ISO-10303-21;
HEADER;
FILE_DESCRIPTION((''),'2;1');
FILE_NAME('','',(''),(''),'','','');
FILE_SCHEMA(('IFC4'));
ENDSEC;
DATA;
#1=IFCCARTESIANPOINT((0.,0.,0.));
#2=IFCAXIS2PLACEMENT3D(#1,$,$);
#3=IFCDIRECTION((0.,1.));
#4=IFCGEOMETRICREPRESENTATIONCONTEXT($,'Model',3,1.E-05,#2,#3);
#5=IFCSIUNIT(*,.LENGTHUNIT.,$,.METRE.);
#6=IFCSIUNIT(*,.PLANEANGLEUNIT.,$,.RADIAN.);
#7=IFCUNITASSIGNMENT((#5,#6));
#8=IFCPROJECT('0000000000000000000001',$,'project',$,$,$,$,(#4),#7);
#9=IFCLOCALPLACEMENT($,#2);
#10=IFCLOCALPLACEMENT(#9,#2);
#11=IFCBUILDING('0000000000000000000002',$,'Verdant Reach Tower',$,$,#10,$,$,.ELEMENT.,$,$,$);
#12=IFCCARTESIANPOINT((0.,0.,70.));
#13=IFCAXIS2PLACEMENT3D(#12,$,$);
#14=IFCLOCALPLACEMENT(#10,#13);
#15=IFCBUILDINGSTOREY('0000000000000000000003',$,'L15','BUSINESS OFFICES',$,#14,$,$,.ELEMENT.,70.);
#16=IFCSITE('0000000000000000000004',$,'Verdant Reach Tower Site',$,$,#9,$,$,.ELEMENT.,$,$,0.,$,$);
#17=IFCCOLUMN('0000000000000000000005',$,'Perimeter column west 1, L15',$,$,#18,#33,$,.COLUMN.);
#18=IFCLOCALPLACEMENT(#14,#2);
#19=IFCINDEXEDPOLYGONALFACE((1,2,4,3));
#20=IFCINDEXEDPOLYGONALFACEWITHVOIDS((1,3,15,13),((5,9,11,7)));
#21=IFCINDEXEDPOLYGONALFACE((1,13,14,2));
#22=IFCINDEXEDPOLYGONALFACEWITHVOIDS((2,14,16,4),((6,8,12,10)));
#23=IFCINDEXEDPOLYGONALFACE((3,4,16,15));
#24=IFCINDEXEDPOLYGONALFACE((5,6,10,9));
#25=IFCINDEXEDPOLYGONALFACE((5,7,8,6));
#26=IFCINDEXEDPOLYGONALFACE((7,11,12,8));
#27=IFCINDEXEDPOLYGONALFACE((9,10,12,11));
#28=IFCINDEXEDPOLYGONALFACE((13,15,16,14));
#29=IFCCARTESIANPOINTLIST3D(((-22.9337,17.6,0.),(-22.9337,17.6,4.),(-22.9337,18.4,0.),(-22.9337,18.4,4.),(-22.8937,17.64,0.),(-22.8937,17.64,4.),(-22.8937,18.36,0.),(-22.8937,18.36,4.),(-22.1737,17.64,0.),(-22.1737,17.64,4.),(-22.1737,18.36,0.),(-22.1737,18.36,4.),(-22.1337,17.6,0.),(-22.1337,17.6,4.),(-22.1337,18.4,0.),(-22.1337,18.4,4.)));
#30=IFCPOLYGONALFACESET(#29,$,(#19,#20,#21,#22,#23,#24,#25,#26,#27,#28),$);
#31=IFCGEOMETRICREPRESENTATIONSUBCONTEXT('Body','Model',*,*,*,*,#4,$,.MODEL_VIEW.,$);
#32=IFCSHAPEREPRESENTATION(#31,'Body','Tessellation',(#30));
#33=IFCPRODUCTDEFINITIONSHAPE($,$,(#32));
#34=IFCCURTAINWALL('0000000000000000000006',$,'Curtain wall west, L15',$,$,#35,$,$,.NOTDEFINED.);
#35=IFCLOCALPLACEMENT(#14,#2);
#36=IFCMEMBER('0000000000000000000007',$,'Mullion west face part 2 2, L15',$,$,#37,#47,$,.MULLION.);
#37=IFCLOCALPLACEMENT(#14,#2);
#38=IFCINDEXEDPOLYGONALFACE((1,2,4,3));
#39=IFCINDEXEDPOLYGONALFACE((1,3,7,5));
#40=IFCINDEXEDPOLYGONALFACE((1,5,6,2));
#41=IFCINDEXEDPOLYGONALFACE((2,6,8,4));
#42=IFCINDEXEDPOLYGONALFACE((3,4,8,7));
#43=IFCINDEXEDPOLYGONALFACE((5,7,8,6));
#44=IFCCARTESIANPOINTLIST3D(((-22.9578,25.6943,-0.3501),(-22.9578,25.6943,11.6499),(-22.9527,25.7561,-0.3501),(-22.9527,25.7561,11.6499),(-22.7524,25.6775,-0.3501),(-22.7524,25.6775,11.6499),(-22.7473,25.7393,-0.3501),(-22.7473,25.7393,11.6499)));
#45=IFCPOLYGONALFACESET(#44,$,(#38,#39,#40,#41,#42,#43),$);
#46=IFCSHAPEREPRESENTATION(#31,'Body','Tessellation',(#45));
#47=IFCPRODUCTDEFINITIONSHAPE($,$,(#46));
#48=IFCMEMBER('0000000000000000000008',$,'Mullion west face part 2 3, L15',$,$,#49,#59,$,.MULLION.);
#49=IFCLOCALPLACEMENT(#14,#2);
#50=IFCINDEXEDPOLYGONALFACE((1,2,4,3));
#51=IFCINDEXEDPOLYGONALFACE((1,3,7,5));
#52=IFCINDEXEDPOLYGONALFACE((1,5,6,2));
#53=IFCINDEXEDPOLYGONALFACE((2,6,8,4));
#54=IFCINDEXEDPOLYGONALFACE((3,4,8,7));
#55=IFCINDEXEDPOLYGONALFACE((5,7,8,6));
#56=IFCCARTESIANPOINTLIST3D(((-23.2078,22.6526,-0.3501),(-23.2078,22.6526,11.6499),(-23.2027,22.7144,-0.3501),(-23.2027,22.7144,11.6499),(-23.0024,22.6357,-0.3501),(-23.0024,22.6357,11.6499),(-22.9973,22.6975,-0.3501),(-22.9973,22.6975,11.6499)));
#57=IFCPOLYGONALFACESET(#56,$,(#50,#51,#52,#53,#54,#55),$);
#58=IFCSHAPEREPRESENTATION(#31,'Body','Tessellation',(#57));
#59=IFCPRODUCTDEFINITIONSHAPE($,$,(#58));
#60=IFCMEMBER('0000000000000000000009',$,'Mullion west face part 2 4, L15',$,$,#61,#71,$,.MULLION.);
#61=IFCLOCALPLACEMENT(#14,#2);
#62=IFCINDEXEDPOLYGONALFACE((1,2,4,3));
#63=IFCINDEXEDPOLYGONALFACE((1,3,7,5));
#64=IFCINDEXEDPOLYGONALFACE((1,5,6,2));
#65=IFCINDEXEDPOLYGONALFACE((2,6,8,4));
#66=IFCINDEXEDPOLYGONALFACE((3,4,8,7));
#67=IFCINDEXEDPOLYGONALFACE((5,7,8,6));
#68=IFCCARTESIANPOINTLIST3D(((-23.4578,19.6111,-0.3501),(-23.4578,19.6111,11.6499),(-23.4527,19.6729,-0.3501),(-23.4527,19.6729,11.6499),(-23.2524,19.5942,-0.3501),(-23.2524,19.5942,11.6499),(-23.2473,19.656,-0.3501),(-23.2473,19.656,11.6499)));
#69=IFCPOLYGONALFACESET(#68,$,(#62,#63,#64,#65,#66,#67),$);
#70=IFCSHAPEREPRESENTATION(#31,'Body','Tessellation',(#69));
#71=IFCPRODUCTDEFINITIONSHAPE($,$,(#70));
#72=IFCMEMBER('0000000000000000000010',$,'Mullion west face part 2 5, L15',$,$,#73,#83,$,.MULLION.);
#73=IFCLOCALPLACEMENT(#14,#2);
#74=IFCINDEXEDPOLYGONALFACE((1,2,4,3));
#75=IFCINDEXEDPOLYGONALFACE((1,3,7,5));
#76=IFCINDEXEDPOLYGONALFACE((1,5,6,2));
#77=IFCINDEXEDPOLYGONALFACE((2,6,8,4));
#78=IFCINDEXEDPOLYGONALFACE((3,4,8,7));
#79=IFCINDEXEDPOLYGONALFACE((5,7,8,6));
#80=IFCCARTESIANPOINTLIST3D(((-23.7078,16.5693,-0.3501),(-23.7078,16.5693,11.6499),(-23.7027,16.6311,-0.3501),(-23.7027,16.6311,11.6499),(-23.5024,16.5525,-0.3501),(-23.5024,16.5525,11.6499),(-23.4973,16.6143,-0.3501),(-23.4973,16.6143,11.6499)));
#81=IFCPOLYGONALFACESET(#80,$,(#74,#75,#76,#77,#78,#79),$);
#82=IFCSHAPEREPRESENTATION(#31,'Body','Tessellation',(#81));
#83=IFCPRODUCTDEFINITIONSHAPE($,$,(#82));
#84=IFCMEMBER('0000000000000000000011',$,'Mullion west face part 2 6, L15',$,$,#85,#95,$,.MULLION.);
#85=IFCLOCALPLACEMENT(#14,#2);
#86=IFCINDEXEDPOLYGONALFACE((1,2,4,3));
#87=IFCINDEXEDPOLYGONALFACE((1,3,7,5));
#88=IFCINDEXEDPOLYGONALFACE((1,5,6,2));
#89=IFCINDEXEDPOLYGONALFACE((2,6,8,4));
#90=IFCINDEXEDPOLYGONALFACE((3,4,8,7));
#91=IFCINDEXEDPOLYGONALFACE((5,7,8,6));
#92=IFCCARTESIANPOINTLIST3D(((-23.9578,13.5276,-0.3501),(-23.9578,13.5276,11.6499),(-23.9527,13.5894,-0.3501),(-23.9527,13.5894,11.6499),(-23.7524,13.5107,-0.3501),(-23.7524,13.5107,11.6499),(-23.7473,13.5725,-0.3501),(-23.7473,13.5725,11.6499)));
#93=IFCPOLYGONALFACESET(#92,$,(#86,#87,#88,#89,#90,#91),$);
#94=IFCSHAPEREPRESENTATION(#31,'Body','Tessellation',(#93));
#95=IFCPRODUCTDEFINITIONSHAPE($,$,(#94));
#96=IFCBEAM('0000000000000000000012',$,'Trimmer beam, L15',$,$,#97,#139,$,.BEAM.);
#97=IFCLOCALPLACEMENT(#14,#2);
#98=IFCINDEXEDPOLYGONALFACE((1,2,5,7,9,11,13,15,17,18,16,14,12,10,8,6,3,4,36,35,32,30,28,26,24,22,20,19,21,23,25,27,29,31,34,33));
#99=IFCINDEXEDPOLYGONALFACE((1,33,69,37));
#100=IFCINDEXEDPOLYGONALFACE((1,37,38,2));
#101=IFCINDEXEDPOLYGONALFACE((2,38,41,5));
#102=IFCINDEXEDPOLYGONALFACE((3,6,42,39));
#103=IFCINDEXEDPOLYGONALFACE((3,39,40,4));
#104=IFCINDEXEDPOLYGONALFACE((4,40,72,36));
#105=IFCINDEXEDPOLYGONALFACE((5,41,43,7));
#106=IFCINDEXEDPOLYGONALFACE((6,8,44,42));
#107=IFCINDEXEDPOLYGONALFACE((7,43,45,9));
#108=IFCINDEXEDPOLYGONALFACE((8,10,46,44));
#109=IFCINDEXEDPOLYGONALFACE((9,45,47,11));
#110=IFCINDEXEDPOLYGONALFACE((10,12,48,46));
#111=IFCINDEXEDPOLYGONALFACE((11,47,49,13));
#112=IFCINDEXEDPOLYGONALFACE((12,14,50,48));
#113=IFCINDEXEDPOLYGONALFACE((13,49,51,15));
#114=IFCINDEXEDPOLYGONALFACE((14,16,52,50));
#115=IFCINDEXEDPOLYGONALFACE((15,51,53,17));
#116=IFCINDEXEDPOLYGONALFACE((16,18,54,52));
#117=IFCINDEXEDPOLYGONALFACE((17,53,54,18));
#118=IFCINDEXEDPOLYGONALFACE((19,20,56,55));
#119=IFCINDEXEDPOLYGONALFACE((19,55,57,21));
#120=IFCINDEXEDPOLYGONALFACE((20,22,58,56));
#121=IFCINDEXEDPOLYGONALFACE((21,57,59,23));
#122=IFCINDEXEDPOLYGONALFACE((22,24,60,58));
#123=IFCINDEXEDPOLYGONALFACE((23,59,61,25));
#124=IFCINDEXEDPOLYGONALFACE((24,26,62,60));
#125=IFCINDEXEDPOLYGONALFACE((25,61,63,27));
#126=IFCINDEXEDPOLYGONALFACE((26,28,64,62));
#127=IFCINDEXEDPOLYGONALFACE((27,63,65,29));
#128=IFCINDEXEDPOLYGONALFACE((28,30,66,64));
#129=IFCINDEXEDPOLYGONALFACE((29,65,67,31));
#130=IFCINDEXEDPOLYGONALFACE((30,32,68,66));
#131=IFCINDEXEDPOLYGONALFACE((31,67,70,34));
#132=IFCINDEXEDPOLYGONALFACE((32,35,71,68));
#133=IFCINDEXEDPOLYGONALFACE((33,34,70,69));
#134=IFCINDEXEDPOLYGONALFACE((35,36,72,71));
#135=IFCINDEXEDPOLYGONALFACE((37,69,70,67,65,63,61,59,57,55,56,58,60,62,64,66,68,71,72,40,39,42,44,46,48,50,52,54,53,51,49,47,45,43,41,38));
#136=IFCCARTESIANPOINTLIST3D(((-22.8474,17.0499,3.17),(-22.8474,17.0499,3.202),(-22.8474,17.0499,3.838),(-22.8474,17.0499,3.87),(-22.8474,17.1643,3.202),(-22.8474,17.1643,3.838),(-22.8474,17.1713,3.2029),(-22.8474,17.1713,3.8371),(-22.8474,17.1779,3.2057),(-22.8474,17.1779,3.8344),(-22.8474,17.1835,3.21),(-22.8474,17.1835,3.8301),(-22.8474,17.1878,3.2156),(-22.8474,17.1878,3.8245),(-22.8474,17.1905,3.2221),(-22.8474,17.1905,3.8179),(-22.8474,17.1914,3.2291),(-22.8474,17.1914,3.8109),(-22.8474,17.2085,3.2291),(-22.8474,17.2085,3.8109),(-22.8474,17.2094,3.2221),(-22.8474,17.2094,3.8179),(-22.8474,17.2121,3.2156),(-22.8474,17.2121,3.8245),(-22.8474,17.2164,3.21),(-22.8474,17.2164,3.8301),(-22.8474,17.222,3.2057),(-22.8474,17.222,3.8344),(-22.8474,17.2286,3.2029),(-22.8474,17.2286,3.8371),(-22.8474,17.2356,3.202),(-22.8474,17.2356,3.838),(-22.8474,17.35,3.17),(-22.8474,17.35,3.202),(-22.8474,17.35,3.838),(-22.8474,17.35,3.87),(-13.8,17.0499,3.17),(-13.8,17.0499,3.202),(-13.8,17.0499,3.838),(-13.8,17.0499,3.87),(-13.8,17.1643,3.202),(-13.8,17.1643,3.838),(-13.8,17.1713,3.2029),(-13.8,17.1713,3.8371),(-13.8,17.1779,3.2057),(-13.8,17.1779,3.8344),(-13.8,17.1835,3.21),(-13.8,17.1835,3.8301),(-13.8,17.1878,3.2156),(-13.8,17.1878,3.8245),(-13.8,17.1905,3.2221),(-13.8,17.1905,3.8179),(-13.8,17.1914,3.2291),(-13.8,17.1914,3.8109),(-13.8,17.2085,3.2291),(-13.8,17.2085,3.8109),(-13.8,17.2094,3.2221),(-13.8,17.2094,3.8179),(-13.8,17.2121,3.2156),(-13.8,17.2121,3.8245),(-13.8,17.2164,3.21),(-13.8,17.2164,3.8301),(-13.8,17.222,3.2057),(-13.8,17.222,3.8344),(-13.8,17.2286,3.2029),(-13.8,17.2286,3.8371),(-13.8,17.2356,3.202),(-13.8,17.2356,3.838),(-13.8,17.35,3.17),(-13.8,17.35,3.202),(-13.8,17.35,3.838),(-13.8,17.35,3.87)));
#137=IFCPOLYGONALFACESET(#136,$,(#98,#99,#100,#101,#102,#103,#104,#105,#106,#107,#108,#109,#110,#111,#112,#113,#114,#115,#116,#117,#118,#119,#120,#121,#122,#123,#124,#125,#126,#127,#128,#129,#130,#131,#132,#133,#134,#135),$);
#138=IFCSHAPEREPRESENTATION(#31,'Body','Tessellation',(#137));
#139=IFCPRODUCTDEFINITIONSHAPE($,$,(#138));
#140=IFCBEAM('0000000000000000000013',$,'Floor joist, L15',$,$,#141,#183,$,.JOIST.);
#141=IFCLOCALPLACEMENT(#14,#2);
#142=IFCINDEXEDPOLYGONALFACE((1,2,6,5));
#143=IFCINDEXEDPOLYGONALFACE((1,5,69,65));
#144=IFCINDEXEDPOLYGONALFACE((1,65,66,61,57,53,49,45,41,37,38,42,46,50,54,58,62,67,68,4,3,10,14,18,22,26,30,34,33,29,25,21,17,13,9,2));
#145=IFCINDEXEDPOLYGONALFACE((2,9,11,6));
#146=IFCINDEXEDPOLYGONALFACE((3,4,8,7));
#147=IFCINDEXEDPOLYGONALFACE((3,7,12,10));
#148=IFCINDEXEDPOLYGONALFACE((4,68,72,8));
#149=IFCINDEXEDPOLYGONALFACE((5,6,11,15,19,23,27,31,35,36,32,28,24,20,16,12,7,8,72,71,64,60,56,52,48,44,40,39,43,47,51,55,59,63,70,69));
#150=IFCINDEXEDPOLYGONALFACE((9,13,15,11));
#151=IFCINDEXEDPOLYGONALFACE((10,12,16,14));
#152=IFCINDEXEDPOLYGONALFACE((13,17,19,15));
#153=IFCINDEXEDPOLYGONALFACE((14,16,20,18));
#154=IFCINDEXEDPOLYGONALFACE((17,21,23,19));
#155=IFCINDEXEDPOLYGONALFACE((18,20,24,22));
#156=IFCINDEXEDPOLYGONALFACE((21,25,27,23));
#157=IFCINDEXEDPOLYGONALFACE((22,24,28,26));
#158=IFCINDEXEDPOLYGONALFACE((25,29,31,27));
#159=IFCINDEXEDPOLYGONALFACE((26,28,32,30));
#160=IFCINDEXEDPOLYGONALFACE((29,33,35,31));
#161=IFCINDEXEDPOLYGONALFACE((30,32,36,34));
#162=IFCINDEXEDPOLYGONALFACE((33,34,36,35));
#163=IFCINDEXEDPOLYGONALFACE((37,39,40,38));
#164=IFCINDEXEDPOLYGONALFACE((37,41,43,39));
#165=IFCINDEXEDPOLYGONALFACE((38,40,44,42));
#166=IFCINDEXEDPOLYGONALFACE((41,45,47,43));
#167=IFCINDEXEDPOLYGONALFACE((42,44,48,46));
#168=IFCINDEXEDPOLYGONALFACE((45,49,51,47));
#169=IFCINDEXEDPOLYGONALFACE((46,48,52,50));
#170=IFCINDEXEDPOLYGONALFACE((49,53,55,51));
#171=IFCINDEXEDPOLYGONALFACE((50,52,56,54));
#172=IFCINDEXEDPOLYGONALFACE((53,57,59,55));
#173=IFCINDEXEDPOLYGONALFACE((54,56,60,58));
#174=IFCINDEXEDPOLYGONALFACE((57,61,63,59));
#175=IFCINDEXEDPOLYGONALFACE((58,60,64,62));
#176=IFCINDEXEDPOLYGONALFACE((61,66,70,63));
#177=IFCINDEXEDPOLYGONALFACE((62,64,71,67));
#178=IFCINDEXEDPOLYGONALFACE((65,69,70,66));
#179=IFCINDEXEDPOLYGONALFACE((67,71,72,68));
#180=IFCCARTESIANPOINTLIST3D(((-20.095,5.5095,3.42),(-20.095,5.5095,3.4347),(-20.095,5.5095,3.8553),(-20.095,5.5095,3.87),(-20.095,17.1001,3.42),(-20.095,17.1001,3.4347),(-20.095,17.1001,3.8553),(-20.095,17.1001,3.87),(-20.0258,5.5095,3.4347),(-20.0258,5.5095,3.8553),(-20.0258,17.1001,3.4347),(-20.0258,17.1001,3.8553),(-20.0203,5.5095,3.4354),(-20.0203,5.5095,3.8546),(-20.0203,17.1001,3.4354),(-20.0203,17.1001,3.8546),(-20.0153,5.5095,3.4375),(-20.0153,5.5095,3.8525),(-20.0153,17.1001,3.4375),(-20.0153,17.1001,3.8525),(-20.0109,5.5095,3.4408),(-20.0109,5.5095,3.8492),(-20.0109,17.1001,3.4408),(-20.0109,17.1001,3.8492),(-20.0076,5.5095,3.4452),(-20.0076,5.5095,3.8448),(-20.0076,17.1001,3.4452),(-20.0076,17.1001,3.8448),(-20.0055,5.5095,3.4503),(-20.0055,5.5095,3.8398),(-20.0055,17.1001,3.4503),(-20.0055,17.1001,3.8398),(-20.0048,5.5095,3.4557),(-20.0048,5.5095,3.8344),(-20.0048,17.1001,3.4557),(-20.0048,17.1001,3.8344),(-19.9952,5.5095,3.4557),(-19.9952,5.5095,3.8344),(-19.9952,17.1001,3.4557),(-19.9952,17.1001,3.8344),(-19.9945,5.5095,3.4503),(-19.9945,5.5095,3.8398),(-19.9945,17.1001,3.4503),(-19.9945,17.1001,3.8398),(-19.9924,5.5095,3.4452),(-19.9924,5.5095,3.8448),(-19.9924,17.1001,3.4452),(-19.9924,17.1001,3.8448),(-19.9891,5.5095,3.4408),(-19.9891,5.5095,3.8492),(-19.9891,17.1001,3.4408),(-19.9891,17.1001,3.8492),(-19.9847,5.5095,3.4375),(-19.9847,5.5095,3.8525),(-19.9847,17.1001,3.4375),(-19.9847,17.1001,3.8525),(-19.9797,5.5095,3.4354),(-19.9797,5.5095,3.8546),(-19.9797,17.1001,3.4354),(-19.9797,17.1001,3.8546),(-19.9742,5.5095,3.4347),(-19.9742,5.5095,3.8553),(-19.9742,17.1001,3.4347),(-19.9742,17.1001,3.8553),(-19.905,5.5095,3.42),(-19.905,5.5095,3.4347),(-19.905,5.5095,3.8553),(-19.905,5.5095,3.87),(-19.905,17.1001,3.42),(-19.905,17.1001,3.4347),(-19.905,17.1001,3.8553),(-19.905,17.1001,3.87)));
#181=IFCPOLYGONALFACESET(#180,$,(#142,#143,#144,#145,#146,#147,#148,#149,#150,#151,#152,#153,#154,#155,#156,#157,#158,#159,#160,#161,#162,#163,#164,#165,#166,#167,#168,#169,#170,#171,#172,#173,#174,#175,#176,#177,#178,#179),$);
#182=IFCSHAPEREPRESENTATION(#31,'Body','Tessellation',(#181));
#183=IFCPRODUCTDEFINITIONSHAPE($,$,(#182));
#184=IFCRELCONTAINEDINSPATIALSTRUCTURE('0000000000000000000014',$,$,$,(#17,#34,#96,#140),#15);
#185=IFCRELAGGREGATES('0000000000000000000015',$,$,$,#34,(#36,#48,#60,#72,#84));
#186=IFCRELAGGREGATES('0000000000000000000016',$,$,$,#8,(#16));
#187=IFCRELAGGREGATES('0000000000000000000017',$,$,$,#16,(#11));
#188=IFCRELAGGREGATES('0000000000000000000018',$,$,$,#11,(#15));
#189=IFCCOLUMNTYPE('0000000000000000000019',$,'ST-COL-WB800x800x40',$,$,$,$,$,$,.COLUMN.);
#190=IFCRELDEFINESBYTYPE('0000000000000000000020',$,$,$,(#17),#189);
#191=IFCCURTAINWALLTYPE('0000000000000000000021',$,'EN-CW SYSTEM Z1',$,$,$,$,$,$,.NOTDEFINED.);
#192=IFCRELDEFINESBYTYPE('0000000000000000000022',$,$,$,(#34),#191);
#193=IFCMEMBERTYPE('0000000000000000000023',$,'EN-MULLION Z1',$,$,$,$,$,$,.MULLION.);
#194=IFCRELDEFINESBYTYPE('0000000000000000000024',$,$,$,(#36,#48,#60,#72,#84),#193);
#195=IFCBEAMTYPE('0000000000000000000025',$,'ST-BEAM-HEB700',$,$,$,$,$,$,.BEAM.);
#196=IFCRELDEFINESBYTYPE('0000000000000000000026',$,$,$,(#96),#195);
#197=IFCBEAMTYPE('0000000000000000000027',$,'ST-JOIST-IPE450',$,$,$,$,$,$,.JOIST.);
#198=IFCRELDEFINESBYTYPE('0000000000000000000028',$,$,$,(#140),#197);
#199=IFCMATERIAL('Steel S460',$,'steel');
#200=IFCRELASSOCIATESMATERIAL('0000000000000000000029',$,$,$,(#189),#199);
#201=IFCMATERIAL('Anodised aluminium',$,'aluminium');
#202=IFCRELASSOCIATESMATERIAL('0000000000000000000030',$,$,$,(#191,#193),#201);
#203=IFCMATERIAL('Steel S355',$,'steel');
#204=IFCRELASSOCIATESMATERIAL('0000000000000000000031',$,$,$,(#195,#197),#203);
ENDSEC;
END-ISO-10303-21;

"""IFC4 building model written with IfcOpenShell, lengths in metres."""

from ifc_helpers import new_model, si_unit, direction, frame, origin, origin_2d, place, context, subcontext, project, spatial, rectangle, hollow_rectangle, i_section, extrude, material, material_profile, profile_set, type_object, element, aggregate, save


model = new_model("IFC4")

# Units and contexts
model_context = context("Model", 3, precision=1e-05, world=origin(), true_north=direction((0.0, 1.0)))
body_context = subcontext(model_context, "Body", "Model", "MODEL_VIEW")
ifc_project = project(units=[si_unit("LENGTHUNIT", "METRE"), si_unit("PLANEANGLEUNIT", "RADIAN")], contexts=[model_context])

# Site, building, storey
site_placement = place(None, origin())
site = spatial("IfcSite", under=ifc_project, at=site_placement, Name="Verdant Reach Tower Site", CompositionType="ELEMENT", RefElevation=0.0)
building_placement = place(site_placement, origin())
building = spatial("IfcBuilding", under=site, at=building_placement, Name="Verdant Reach Tower", CompositionType="ELEMENT")
storey_placement = place(building_placement, frame((0.0, 0.0, 70.0)))
storey = spatial("IfcBuildingStorey", under=building, at=storey_placement, Name="L15", Description="BUSINESS OFFICES", CompositionType="ELEMENT", Elevation=70.0)

# Column
ifc_material_1 = material(Name="Steel S460", Category="steel")
ifc_material_profile_1 = material_profile(ifc_material_1, hollow_rectangle(XDim=0.8, YDim=0.8, WallThickness=0.04, at=origin_2d()), Name="WB 800x800x40")
ifc_profile_set_1 = profile_set([ifc_material_profile_1], Name="Steel S460")
column_type = type_object("IfcColumnType", Name="ST-COL-WB800x800x40", PredefinedType="COLUMN", material=ifc_profile_set_1)
column_placement = place(storey_placement, frame((-22.5337, 18.0, 0.0), z_axis=(0.0, 0.0, 1.0), x_axis=(1.0, 0.0, 0.0)))
element("IfcColumn", 1, at=column_placement, inside=storey, type_object=column_type, Name="Perimeter column west 1, L15", PredefinedType="COLUMN", context=body_context, shape_type="SweptSolid", body=[
    extrude(hollow_rectangle(XDim=0.8, YDim=0.8, WallThickness=0.04, at=origin_2d()), origin(), (0.0, 0.0, 1.0), 4.0),
])

# Curtain wall, members
ifc_material_2 = material(Name="Anodised aluminium", Category="aluminium")
curtain_wall_type = type_object("IfcCurtainWallType", Name="EN-CW SYSTEM Z1", PredefinedType="NOTDEFINED", material=ifc_material_2)
curtain_wall_placement = place(storey_placement, origin())
curtain_wall = element("IfcCurtainWall", 2, at=curtain_wall_placement, inside=storey, type_object=curtain_wall_type, Name="Curtain wall west, L15", PredefinedType="NOTDEFINED")
ifc_material_profile_2 = material_profile(ifc_material_2, rectangle(XDim=0.2061, YDim=0.062, at=origin_2d()), Name="Mullion 62x206")
ifc_profile_set_2 = profile_set([ifc_material_profile_2], Name="Anodised aluminium")
member_type = type_object("IfcMemberType", Name="EN-MULLION Z1", PredefinedType="MULLION", material=ifc_profile_set_2)
member_1_placement = place(storey_placement, frame((-22.8525, 25.7168, -0.3501), z_axis=(0.0, 0.0, 1.0), x_axis=(-0.996639, 0.081916, 0.0)))
member_1 = element("IfcMember", 3, at=member_1_placement, type_object=member_type, Name="Mullion west face part 2 2, L15", PredefinedType="MULLION", context=body_context, shape_type="SweptSolid", body=[
    extrude(rectangle(XDim=0.2061, YDim=0.062, at=origin_2d()), origin(), (0.0, 0.0, 1.0), 12.0),
])
member_2_placement = place(storey_placement, frame((-23.1025, 22.675, -0.3501), z_axis=(0.0, 0.0, 1.0), x_axis=(-0.996639, 0.081916, 0.0)))
member_2 = element("IfcMember", 4, at=member_2_placement, type_object=member_type, Name="Mullion west face part 2 3, L15", PredefinedType="MULLION", context=body_context, shape_type="SweptSolid", body=[
    extrude(rectangle(XDim=0.2061, YDim=0.062, at=origin_2d()), origin(), (0.0, 0.0, 1.0), 12.0),
])
member_3_placement = place(storey_placement, frame((-23.3525, 19.6335, -0.3501), z_axis=(0.0, 0.0, 1.0), x_axis=(-0.996639, 0.081916, 0.0)))
member_3 = element("IfcMember", 5, at=member_3_placement, type_object=member_type, Name="Mullion west face part 2 4, L15", PredefinedType="MULLION", context=body_context, shape_type="SweptSolid", body=[
    extrude(rectangle(XDim=0.2061, YDim=0.062, at=origin_2d()), origin(), (0.0, 0.0, 1.0), 12.0),
])
member_4_placement = place(storey_placement, frame((-23.6025, 16.5918, -0.3501), z_axis=(0.0, 0.0, 1.0), x_axis=(-0.996639, 0.081916, 0.0)))
member_4 = element("IfcMember", 6, at=member_4_placement, type_object=member_type, Name="Mullion west face part 2 5, L15", PredefinedType="MULLION", context=body_context, shape_type="SweptSolid", body=[
    extrude(rectangle(XDim=0.2061, YDim=0.062, at=origin_2d()), origin(), (0.0, 0.0, 1.0), 12.0),
])
member_5_placement = place(storey_placement, frame((-23.8525, 13.55, -0.3501), z_axis=(0.0, 0.0, 1.0), x_axis=(-0.996639, 0.081916, 0.0)))
member_5 = element("IfcMember", 7, at=member_5_placement, type_object=member_type, Name="Mullion west face part 2 6, L15", PredefinedType="MULLION", context=body_context, shape_type="SweptSolid", body=[
    extrude(rectangle(XDim=0.2061, YDim=0.062, at=origin_2d()), origin(), (0.0, 0.0, 1.0), 12.0),
])

# Beams
ifc_material_3 = material(Name="Steel S355", Category="steel")
ifc_material_profile_3 = material_profile(ifc_material_3, i_section(OverallWidth=0.3, OverallDepth=0.7, WebThickness=0.0171, FlangeThickness=0.032, FilletRadius=0.0271, at=origin_2d()), Name="HEB 700")
ifc_profile_set_3 = profile_set([ifc_material_profile_3], Name="Steel S355")
beam_type_1 = type_object("IfcBeamType", Name="ST-BEAM-HEB700", PredefinedType="BEAM", material=ifc_profile_set_3)
beam_1_placement = place(storey_placement, frame((-13.8, 17.2, 3.52), z_axis=(-1.0, 0.0, 0.0), x_axis=(0.0, -1.0, 0.0)))
element("IfcBeam", 8, at=beam_1_placement, inside=storey, type_object=beam_type_1, Name="Trimmer beam, L15", PredefinedType="BEAM", context=body_context, shape_type="SweptSolid", body=[
    extrude(i_section(OverallWidth=0.3, OverallDepth=0.7, WebThickness=0.0171, FlangeThickness=0.032, FilletRadius=0.0271, at=origin_2d()), origin(), (0.0, 0.0, 1.0), 9.0474),
])
ifc_material_profile_4 = material_profile(ifc_material_3, i_section(OverallWidth=0.1899, OverallDepth=0.45, WebThickness=0.0095, FlangeThickness=0.0146, FilletRadius=0.021, at=origin_2d()), Name="IPE 450")
ifc_profile_set_4 = profile_set([ifc_material_profile_4], Name="Steel S355")
beam_type_2 = type_object("IfcBeamType", Name="ST-JOIST-IPE450", PredefinedType="JOIST", material=ifc_profile_set_4)
beam_2_placement = place(storey_placement, frame((-20.0, 17.1001, 3.645), z_axis=(0.0, -1.0, 0.0), x_axis=(1.0, 0.0, 0.0)))
element("IfcBeam", 9, at=beam_2_placement, inside=storey, type_object=beam_type_2, Name="Floor joist, L15", PredefinedType="JOIST", context=body_context, shape_type="SweptSolid", body=[
    extrude(i_section(OverallWidth=0.1899, OverallDepth=0.45, WebThickness=0.0095, FlangeThickness=0.0146, FilletRadius=0.021, at=origin_2d()), origin(), (0.0, 0.0, 1.0), 11.5906),
])

aggregate(curtain_wall, [member_1, member_2, member_3, member_4, member_5])

save(model, "model.ifc")
